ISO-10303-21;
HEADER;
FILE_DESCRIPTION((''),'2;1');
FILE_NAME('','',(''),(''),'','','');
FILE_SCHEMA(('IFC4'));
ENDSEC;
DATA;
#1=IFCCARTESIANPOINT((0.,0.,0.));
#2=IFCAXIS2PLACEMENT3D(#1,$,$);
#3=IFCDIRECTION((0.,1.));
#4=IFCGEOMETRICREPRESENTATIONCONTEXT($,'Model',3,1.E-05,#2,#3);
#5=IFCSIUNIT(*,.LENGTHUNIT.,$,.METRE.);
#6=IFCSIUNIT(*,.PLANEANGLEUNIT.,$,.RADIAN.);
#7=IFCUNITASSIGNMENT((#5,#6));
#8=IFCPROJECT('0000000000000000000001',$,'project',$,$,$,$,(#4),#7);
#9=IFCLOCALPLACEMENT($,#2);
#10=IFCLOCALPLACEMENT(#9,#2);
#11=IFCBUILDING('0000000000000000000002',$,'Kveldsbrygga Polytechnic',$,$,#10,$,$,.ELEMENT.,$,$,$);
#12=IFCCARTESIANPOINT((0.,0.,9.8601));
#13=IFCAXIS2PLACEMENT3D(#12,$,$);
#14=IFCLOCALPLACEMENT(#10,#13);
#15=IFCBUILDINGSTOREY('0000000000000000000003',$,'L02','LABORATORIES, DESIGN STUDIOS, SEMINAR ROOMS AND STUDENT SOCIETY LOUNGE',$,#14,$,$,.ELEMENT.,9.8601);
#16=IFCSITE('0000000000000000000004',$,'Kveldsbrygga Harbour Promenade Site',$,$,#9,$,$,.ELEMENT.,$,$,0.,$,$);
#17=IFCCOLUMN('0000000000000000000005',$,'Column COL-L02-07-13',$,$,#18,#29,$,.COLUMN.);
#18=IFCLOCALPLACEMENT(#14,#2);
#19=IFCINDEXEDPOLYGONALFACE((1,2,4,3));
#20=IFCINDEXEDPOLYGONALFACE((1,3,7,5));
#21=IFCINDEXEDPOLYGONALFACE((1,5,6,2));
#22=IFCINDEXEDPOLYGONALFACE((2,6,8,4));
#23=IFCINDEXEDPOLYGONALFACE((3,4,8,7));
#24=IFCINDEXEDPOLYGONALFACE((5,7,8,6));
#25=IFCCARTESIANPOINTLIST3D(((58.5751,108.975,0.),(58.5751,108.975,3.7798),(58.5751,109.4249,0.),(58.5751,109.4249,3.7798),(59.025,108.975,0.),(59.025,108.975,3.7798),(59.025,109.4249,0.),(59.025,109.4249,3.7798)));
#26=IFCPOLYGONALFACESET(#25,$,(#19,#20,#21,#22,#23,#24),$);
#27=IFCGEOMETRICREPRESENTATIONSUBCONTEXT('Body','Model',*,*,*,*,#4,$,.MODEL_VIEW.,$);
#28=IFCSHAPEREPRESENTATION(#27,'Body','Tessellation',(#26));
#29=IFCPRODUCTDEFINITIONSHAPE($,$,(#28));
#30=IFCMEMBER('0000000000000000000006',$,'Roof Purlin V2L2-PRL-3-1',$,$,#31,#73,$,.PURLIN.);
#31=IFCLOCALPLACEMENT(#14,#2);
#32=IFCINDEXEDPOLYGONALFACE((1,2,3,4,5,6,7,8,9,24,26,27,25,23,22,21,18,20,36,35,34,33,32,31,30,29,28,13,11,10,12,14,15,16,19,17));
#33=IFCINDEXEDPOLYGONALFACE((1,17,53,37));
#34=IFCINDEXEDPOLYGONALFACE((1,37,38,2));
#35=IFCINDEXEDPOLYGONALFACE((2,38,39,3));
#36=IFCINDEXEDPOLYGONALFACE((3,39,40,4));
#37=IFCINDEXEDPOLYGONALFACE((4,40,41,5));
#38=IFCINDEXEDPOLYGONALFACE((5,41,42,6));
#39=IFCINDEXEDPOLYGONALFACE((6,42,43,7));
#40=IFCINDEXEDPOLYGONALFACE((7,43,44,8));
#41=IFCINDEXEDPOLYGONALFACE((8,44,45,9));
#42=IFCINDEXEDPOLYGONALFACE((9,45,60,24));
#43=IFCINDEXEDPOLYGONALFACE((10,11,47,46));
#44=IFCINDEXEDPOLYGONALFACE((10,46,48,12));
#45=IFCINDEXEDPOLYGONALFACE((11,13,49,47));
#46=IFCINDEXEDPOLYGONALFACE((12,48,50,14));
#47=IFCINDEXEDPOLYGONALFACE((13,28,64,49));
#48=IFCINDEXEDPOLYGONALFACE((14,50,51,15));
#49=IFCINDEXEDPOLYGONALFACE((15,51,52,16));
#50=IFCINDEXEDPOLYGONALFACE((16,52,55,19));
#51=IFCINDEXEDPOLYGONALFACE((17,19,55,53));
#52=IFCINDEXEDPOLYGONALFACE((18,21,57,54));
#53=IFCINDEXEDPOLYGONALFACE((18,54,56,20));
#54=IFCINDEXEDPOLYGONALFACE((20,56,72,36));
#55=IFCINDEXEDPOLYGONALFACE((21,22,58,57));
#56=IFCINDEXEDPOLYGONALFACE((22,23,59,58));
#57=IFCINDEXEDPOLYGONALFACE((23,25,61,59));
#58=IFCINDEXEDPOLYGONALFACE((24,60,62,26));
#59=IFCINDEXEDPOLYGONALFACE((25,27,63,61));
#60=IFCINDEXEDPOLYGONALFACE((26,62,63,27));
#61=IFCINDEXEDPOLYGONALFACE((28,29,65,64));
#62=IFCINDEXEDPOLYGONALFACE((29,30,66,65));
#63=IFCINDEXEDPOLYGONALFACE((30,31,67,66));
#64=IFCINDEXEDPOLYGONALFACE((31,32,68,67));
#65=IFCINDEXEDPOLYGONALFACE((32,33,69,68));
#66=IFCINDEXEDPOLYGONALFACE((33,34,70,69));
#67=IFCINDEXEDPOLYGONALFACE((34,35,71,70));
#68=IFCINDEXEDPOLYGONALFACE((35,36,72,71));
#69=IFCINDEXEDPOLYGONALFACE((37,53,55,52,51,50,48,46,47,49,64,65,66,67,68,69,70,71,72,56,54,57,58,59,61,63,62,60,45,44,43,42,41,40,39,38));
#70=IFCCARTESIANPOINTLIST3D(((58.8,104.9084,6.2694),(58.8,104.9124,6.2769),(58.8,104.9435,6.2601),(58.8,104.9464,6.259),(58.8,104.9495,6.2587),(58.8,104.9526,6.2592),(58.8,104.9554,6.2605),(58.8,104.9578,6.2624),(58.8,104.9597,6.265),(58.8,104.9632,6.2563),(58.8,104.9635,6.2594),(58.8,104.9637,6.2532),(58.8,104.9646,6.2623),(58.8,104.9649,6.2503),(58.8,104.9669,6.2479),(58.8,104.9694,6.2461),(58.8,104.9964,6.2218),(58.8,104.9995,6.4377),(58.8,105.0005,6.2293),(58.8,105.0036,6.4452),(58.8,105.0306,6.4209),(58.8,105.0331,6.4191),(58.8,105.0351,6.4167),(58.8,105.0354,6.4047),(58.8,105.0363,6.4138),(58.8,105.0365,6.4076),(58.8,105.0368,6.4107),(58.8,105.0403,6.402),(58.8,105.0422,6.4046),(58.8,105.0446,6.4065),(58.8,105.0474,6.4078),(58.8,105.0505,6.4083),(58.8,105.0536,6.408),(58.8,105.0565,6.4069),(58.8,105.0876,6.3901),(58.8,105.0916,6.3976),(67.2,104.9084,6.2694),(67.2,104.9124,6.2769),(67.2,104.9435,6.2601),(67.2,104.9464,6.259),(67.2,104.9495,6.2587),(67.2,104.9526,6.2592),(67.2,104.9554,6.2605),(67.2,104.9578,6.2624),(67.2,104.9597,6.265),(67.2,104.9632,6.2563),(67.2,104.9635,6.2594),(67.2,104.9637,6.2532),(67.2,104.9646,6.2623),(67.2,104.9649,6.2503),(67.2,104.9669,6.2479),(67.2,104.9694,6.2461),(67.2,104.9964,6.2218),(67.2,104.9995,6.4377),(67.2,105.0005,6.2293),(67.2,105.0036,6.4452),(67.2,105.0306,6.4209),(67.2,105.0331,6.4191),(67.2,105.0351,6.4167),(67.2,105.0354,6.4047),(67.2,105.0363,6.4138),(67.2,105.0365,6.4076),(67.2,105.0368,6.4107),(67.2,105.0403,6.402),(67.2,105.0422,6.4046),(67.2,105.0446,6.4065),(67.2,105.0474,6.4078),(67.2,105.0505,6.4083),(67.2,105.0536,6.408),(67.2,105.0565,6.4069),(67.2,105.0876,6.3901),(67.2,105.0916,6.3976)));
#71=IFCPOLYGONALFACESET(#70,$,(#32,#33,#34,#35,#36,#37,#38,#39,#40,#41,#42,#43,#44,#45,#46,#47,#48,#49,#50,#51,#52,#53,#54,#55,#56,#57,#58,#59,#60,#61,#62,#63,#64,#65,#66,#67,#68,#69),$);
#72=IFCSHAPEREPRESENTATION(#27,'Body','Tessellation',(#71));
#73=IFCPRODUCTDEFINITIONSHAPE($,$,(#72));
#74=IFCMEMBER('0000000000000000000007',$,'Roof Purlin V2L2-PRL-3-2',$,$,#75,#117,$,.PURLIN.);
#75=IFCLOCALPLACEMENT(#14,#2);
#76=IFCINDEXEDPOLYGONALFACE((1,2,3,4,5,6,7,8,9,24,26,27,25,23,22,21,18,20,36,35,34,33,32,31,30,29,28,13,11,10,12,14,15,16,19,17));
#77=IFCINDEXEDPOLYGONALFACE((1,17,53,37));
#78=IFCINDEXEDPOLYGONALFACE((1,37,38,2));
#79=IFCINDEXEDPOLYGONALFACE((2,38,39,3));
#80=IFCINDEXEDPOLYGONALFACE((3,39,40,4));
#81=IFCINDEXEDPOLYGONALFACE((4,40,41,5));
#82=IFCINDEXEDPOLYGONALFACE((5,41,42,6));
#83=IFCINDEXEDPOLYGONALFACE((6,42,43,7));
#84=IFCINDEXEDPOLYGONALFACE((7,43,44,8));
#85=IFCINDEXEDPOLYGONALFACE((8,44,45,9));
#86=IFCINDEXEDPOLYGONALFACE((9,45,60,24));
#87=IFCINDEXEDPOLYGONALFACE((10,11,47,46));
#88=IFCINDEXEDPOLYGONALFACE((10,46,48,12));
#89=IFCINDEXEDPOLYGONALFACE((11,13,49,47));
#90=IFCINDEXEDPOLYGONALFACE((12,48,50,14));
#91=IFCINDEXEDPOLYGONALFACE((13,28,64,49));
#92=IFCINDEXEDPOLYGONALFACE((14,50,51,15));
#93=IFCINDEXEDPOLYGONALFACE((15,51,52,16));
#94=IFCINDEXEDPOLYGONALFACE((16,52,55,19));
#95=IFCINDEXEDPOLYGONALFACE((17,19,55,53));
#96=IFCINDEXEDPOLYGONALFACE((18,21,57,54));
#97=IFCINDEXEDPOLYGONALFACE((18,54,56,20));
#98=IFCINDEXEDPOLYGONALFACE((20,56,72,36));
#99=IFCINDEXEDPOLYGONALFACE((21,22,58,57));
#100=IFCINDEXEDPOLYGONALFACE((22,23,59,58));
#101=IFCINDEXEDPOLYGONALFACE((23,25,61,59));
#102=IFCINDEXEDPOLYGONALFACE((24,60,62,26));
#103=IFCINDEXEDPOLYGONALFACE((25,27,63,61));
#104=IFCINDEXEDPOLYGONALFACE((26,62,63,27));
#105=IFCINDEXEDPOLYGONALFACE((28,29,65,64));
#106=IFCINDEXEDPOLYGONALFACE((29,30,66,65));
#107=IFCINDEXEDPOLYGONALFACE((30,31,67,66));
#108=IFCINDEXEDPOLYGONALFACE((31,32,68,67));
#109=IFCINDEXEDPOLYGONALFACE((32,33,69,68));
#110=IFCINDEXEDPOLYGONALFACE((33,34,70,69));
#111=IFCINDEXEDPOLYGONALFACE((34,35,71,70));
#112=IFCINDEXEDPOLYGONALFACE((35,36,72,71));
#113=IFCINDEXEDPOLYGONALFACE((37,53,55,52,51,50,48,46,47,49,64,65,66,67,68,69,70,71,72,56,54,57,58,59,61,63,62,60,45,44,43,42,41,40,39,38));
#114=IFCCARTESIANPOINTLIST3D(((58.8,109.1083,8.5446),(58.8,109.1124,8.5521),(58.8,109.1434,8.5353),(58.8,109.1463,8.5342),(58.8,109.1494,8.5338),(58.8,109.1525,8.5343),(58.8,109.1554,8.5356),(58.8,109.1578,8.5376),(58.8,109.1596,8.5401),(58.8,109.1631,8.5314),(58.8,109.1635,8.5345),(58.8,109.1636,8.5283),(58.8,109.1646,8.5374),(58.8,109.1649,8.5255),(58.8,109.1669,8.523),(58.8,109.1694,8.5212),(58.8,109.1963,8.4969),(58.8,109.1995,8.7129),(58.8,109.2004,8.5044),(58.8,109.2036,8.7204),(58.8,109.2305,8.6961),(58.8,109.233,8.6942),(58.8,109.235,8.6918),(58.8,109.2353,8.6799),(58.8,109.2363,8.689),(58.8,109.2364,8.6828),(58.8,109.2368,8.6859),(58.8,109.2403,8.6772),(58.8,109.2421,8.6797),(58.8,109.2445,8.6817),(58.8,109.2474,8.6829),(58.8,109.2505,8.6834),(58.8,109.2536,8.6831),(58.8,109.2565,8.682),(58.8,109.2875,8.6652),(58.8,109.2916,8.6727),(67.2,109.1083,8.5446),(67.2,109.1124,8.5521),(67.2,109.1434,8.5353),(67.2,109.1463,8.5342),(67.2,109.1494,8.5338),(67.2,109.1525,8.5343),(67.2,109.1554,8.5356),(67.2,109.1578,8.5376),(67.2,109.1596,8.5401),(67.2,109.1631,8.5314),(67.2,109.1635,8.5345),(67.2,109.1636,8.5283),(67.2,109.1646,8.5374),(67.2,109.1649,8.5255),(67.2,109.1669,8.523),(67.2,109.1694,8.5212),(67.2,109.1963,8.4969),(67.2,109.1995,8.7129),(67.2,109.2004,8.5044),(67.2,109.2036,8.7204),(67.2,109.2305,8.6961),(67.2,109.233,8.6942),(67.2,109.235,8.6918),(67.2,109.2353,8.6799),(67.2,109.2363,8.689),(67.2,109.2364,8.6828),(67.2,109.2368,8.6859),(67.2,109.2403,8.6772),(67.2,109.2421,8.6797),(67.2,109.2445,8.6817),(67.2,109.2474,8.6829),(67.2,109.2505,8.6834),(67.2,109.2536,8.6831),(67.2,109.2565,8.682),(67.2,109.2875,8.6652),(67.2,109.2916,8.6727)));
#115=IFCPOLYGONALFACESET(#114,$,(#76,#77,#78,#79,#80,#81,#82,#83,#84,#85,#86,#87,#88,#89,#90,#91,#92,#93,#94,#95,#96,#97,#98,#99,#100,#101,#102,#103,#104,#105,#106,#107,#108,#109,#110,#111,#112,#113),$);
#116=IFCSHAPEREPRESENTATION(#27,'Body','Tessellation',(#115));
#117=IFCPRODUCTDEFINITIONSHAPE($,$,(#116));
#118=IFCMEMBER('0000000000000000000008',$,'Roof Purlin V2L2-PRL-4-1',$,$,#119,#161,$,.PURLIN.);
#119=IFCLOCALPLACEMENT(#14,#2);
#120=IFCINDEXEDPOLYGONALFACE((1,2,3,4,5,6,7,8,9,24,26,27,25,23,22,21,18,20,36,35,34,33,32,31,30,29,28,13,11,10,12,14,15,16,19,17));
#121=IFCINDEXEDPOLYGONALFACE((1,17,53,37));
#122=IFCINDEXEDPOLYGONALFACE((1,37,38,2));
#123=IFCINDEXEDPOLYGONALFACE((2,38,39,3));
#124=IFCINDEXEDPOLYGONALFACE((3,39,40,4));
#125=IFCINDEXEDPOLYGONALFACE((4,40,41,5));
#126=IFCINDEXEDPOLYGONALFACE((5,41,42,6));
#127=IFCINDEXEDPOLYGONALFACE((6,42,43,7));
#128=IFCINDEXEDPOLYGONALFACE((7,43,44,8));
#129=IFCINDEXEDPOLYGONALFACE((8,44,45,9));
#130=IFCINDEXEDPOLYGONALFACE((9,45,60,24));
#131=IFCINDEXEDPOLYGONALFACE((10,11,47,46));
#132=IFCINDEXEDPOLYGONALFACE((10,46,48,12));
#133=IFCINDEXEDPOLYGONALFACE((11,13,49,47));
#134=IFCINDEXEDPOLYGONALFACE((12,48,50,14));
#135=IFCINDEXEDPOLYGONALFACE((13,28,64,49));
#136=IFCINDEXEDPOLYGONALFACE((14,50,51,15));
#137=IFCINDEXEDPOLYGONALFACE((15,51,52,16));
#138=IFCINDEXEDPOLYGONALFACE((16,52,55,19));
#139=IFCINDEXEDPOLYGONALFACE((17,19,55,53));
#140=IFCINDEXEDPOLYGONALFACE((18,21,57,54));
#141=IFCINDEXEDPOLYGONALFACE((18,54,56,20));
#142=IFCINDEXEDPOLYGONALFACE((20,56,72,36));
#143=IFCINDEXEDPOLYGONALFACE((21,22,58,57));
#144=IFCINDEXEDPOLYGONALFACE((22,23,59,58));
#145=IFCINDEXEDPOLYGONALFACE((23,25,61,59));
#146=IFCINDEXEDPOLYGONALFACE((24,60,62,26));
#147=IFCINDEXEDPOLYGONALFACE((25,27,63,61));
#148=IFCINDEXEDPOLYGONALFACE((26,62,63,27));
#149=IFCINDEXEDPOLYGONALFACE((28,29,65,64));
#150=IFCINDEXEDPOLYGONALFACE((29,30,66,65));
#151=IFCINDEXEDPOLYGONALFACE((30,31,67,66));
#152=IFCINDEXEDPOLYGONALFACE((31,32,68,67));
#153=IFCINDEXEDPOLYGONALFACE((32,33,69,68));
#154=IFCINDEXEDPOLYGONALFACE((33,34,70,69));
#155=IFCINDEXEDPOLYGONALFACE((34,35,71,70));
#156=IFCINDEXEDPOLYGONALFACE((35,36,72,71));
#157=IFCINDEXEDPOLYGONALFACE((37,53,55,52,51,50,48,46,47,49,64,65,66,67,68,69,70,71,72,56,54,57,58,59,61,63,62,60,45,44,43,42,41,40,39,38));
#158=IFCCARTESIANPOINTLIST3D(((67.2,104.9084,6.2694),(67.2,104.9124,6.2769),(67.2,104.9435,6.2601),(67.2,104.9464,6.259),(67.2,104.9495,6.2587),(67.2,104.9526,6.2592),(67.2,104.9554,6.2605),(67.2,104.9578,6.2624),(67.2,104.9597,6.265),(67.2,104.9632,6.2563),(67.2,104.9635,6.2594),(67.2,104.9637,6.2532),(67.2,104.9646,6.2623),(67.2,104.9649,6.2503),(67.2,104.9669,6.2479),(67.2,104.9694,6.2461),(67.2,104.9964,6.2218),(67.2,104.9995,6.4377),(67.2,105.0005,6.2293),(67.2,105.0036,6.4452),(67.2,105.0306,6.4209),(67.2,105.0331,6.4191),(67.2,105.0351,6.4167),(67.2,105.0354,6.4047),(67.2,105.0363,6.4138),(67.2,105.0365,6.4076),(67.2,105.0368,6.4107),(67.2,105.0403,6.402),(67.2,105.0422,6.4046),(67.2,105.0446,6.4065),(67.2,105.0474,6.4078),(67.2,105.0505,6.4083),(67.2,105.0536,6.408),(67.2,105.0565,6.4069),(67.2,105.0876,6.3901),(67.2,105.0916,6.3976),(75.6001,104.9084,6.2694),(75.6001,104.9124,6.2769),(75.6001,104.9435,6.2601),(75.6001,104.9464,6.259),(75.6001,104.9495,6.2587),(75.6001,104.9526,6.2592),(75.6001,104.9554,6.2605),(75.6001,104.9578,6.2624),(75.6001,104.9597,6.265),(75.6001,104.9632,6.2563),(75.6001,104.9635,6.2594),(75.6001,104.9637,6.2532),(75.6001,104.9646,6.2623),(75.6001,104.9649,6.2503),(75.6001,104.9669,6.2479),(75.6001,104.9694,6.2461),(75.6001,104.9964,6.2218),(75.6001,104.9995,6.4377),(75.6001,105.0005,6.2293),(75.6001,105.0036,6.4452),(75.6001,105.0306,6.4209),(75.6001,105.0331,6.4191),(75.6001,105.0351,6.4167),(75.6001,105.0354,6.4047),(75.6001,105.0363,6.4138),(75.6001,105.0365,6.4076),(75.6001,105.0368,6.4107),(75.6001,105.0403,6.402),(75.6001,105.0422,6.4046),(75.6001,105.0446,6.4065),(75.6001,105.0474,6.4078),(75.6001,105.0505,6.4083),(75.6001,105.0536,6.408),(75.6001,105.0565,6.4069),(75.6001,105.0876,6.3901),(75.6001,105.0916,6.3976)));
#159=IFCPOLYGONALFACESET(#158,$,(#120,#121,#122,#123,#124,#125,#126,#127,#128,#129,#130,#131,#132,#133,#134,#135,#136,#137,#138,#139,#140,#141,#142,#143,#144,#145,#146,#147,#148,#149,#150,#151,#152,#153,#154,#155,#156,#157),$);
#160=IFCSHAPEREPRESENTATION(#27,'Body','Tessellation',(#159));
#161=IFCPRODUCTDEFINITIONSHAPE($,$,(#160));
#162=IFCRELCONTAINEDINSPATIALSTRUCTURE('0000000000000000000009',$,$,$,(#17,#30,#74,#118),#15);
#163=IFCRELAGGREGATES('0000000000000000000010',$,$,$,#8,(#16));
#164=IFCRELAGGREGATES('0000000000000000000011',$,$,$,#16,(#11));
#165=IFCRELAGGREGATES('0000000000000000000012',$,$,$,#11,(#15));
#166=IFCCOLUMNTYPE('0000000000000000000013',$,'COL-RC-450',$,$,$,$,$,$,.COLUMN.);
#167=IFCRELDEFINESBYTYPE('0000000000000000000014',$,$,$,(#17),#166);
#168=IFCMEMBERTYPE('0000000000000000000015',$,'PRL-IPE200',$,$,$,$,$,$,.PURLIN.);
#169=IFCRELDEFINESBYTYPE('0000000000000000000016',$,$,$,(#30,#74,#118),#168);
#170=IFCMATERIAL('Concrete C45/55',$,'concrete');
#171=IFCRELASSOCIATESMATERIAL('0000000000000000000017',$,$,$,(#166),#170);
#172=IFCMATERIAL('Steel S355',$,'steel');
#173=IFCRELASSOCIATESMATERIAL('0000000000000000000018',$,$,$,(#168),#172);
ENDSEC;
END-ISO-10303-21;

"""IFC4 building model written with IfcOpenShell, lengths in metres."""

from ifc_helpers import new_model, si_unit, direction, frame, origin, origin_2d, place, context, subcontext, project, spatial, rectangle, i_section, extrude, material, material_profile, profile_set, type_object, element, save


model = new_model("IFC4")

# Units and contexts
model_context = context("Model", 3, precision=1e-05, world=origin(), true_north=direction((0.0, 1.0)))
body_context = subcontext(model_context, "Body", "Model", "MODEL_VIEW")
ifc_project = project(units=[si_unit("LENGTHUNIT", "METRE"), si_unit("PLANEANGLEUNIT", "RADIAN")], contexts=[model_context])

# Site, building, storey
site_placement = place(None, origin())
site = spatial("IfcSite", under=ifc_project, at=site_placement, Name="Kveldsbrygga Harbour Promenade Site", CompositionType="ELEMENT", RefElevation=0.0)
building_placement = place(site_placement, origin())
building = spatial("IfcBuilding", under=site, at=building_placement, Name="Kveldsbrygga Polytechnic", CompositionType="ELEMENT")
storey_placement = place(building_placement, frame((0.0, 0.0, 9.8601)))
storey = spatial("IfcBuildingStorey", under=building, at=storey_placement, Name="L02", Description="LABORATORIES, DESIGN STUDIOS, SEMINAR ROOMS AND STUDENT SOCIETY LOUNGE", CompositionType="ELEMENT", Elevation=9.8601)

# Column
ifc_material_1 = material(Name="Concrete C45/55", Category="concrete")
ifc_material_profile_1 = material_profile(ifc_material_1, rectangle(XDim=0.45, YDim=0.45, at=origin_2d()), Name="RC 450x450")
ifc_profile_set_1 = profile_set([ifc_material_profile_1], Name="Concrete C45/55")
column_type = type_object("IfcColumnType", Name="COL-RC-450", PredefinedType="COLUMN", material=ifc_profile_set_1)
column_placement = place(storey_placement, frame((58.8, 109.2, 0.0), z_axis=(0.0, 0.0, 1.0), x_axis=(1.0, 0.0, 0.0)))
element("IfcColumn", 1, at=column_placement, inside=storey, type_object=column_type, Name="Column COL-L02-07-13", PredefinedType="COLUMN", context=body_context, shape_type="SweptSolid", body=[
    extrude(rectangle(XDim=0.45, YDim=0.45, at=origin_2d()), origin(), (0.0, 0.0, 1.0), 3.7798),
])

# Members
ifc_material_2 = material(Name="Steel S355", Category="steel")
ifc_material_profile_2 = material_profile(ifc_material_2, i_section(OverallWidth=0.1001, OverallDepth=0.2, WebThickness=0.0056, FlangeThickness=0.0085, FilletRadius=0.012, at=origin_2d()), Name="IPE 200")
ifc_profile_set_2 = profile_set([ifc_material_profile_2], Name="Steel S355")
member_type_1 = type_object("IfcMemberType", Name="PRL-IPE200", PredefinedType="PURLIN", material=ifc_profile_set_2)
for number, where, z_axis, x_axis, name in (
    (2, (58.8, 105.0, 6.3335), (1.0, 0.0, 0.0), (0.0, 0.879292, -0.476283), "Roof Purlin V2L2-PRL-3-1"),
    (3, (58.8, 109.2, 8.6086), (1.0, 0.0, 0.0), (0.0, 0.879292, -0.476283), "Roof Purlin V2L2-PRL-3-2"),
):
    element("IfcMember", number, at=place(storey_placement, frame(where, z_axis=z_axis, x_axis=x_axis)), inside=storey, type_object=member_type_1, Name=name, PredefinedType="PURLIN", context=body_context, shape_type="SweptSolid", body=[
        extrude(i_section(OverallWidth=0.1001, OverallDepth=0.2, WebThickness=0.0056, FlangeThickness=0.0085, FilletRadius=0.012, at=origin_2d()), origin(), (0.0, 0.0, 1.0), 8.3999),
    ])
member_1_placement = place(storey_placement, frame((67.2, 105.0, 6.3335), z_axis=(1.0, 0.0, 0.0), x_axis=(0.0, 0.879292, -0.476283)))
element("IfcMember", 4, at=member_1_placement, inside=storey, type_object=member_type_1, Name="Roof Purlin V2L2-PRL-4-1", PredefinedType="PURLIN", context=body_context, shape_type="SweptSolid", body=[
    extrude(i_section(OverallWidth=0.1001, OverallDepth=0.2, WebThickness=0.0056, FlangeThickness=0.0085, FilletRadius=0.012, at=origin_2d()), origin(), (0.0, 0.0, 1.0), 8.4001),
])

save(model, "model.ifc")
